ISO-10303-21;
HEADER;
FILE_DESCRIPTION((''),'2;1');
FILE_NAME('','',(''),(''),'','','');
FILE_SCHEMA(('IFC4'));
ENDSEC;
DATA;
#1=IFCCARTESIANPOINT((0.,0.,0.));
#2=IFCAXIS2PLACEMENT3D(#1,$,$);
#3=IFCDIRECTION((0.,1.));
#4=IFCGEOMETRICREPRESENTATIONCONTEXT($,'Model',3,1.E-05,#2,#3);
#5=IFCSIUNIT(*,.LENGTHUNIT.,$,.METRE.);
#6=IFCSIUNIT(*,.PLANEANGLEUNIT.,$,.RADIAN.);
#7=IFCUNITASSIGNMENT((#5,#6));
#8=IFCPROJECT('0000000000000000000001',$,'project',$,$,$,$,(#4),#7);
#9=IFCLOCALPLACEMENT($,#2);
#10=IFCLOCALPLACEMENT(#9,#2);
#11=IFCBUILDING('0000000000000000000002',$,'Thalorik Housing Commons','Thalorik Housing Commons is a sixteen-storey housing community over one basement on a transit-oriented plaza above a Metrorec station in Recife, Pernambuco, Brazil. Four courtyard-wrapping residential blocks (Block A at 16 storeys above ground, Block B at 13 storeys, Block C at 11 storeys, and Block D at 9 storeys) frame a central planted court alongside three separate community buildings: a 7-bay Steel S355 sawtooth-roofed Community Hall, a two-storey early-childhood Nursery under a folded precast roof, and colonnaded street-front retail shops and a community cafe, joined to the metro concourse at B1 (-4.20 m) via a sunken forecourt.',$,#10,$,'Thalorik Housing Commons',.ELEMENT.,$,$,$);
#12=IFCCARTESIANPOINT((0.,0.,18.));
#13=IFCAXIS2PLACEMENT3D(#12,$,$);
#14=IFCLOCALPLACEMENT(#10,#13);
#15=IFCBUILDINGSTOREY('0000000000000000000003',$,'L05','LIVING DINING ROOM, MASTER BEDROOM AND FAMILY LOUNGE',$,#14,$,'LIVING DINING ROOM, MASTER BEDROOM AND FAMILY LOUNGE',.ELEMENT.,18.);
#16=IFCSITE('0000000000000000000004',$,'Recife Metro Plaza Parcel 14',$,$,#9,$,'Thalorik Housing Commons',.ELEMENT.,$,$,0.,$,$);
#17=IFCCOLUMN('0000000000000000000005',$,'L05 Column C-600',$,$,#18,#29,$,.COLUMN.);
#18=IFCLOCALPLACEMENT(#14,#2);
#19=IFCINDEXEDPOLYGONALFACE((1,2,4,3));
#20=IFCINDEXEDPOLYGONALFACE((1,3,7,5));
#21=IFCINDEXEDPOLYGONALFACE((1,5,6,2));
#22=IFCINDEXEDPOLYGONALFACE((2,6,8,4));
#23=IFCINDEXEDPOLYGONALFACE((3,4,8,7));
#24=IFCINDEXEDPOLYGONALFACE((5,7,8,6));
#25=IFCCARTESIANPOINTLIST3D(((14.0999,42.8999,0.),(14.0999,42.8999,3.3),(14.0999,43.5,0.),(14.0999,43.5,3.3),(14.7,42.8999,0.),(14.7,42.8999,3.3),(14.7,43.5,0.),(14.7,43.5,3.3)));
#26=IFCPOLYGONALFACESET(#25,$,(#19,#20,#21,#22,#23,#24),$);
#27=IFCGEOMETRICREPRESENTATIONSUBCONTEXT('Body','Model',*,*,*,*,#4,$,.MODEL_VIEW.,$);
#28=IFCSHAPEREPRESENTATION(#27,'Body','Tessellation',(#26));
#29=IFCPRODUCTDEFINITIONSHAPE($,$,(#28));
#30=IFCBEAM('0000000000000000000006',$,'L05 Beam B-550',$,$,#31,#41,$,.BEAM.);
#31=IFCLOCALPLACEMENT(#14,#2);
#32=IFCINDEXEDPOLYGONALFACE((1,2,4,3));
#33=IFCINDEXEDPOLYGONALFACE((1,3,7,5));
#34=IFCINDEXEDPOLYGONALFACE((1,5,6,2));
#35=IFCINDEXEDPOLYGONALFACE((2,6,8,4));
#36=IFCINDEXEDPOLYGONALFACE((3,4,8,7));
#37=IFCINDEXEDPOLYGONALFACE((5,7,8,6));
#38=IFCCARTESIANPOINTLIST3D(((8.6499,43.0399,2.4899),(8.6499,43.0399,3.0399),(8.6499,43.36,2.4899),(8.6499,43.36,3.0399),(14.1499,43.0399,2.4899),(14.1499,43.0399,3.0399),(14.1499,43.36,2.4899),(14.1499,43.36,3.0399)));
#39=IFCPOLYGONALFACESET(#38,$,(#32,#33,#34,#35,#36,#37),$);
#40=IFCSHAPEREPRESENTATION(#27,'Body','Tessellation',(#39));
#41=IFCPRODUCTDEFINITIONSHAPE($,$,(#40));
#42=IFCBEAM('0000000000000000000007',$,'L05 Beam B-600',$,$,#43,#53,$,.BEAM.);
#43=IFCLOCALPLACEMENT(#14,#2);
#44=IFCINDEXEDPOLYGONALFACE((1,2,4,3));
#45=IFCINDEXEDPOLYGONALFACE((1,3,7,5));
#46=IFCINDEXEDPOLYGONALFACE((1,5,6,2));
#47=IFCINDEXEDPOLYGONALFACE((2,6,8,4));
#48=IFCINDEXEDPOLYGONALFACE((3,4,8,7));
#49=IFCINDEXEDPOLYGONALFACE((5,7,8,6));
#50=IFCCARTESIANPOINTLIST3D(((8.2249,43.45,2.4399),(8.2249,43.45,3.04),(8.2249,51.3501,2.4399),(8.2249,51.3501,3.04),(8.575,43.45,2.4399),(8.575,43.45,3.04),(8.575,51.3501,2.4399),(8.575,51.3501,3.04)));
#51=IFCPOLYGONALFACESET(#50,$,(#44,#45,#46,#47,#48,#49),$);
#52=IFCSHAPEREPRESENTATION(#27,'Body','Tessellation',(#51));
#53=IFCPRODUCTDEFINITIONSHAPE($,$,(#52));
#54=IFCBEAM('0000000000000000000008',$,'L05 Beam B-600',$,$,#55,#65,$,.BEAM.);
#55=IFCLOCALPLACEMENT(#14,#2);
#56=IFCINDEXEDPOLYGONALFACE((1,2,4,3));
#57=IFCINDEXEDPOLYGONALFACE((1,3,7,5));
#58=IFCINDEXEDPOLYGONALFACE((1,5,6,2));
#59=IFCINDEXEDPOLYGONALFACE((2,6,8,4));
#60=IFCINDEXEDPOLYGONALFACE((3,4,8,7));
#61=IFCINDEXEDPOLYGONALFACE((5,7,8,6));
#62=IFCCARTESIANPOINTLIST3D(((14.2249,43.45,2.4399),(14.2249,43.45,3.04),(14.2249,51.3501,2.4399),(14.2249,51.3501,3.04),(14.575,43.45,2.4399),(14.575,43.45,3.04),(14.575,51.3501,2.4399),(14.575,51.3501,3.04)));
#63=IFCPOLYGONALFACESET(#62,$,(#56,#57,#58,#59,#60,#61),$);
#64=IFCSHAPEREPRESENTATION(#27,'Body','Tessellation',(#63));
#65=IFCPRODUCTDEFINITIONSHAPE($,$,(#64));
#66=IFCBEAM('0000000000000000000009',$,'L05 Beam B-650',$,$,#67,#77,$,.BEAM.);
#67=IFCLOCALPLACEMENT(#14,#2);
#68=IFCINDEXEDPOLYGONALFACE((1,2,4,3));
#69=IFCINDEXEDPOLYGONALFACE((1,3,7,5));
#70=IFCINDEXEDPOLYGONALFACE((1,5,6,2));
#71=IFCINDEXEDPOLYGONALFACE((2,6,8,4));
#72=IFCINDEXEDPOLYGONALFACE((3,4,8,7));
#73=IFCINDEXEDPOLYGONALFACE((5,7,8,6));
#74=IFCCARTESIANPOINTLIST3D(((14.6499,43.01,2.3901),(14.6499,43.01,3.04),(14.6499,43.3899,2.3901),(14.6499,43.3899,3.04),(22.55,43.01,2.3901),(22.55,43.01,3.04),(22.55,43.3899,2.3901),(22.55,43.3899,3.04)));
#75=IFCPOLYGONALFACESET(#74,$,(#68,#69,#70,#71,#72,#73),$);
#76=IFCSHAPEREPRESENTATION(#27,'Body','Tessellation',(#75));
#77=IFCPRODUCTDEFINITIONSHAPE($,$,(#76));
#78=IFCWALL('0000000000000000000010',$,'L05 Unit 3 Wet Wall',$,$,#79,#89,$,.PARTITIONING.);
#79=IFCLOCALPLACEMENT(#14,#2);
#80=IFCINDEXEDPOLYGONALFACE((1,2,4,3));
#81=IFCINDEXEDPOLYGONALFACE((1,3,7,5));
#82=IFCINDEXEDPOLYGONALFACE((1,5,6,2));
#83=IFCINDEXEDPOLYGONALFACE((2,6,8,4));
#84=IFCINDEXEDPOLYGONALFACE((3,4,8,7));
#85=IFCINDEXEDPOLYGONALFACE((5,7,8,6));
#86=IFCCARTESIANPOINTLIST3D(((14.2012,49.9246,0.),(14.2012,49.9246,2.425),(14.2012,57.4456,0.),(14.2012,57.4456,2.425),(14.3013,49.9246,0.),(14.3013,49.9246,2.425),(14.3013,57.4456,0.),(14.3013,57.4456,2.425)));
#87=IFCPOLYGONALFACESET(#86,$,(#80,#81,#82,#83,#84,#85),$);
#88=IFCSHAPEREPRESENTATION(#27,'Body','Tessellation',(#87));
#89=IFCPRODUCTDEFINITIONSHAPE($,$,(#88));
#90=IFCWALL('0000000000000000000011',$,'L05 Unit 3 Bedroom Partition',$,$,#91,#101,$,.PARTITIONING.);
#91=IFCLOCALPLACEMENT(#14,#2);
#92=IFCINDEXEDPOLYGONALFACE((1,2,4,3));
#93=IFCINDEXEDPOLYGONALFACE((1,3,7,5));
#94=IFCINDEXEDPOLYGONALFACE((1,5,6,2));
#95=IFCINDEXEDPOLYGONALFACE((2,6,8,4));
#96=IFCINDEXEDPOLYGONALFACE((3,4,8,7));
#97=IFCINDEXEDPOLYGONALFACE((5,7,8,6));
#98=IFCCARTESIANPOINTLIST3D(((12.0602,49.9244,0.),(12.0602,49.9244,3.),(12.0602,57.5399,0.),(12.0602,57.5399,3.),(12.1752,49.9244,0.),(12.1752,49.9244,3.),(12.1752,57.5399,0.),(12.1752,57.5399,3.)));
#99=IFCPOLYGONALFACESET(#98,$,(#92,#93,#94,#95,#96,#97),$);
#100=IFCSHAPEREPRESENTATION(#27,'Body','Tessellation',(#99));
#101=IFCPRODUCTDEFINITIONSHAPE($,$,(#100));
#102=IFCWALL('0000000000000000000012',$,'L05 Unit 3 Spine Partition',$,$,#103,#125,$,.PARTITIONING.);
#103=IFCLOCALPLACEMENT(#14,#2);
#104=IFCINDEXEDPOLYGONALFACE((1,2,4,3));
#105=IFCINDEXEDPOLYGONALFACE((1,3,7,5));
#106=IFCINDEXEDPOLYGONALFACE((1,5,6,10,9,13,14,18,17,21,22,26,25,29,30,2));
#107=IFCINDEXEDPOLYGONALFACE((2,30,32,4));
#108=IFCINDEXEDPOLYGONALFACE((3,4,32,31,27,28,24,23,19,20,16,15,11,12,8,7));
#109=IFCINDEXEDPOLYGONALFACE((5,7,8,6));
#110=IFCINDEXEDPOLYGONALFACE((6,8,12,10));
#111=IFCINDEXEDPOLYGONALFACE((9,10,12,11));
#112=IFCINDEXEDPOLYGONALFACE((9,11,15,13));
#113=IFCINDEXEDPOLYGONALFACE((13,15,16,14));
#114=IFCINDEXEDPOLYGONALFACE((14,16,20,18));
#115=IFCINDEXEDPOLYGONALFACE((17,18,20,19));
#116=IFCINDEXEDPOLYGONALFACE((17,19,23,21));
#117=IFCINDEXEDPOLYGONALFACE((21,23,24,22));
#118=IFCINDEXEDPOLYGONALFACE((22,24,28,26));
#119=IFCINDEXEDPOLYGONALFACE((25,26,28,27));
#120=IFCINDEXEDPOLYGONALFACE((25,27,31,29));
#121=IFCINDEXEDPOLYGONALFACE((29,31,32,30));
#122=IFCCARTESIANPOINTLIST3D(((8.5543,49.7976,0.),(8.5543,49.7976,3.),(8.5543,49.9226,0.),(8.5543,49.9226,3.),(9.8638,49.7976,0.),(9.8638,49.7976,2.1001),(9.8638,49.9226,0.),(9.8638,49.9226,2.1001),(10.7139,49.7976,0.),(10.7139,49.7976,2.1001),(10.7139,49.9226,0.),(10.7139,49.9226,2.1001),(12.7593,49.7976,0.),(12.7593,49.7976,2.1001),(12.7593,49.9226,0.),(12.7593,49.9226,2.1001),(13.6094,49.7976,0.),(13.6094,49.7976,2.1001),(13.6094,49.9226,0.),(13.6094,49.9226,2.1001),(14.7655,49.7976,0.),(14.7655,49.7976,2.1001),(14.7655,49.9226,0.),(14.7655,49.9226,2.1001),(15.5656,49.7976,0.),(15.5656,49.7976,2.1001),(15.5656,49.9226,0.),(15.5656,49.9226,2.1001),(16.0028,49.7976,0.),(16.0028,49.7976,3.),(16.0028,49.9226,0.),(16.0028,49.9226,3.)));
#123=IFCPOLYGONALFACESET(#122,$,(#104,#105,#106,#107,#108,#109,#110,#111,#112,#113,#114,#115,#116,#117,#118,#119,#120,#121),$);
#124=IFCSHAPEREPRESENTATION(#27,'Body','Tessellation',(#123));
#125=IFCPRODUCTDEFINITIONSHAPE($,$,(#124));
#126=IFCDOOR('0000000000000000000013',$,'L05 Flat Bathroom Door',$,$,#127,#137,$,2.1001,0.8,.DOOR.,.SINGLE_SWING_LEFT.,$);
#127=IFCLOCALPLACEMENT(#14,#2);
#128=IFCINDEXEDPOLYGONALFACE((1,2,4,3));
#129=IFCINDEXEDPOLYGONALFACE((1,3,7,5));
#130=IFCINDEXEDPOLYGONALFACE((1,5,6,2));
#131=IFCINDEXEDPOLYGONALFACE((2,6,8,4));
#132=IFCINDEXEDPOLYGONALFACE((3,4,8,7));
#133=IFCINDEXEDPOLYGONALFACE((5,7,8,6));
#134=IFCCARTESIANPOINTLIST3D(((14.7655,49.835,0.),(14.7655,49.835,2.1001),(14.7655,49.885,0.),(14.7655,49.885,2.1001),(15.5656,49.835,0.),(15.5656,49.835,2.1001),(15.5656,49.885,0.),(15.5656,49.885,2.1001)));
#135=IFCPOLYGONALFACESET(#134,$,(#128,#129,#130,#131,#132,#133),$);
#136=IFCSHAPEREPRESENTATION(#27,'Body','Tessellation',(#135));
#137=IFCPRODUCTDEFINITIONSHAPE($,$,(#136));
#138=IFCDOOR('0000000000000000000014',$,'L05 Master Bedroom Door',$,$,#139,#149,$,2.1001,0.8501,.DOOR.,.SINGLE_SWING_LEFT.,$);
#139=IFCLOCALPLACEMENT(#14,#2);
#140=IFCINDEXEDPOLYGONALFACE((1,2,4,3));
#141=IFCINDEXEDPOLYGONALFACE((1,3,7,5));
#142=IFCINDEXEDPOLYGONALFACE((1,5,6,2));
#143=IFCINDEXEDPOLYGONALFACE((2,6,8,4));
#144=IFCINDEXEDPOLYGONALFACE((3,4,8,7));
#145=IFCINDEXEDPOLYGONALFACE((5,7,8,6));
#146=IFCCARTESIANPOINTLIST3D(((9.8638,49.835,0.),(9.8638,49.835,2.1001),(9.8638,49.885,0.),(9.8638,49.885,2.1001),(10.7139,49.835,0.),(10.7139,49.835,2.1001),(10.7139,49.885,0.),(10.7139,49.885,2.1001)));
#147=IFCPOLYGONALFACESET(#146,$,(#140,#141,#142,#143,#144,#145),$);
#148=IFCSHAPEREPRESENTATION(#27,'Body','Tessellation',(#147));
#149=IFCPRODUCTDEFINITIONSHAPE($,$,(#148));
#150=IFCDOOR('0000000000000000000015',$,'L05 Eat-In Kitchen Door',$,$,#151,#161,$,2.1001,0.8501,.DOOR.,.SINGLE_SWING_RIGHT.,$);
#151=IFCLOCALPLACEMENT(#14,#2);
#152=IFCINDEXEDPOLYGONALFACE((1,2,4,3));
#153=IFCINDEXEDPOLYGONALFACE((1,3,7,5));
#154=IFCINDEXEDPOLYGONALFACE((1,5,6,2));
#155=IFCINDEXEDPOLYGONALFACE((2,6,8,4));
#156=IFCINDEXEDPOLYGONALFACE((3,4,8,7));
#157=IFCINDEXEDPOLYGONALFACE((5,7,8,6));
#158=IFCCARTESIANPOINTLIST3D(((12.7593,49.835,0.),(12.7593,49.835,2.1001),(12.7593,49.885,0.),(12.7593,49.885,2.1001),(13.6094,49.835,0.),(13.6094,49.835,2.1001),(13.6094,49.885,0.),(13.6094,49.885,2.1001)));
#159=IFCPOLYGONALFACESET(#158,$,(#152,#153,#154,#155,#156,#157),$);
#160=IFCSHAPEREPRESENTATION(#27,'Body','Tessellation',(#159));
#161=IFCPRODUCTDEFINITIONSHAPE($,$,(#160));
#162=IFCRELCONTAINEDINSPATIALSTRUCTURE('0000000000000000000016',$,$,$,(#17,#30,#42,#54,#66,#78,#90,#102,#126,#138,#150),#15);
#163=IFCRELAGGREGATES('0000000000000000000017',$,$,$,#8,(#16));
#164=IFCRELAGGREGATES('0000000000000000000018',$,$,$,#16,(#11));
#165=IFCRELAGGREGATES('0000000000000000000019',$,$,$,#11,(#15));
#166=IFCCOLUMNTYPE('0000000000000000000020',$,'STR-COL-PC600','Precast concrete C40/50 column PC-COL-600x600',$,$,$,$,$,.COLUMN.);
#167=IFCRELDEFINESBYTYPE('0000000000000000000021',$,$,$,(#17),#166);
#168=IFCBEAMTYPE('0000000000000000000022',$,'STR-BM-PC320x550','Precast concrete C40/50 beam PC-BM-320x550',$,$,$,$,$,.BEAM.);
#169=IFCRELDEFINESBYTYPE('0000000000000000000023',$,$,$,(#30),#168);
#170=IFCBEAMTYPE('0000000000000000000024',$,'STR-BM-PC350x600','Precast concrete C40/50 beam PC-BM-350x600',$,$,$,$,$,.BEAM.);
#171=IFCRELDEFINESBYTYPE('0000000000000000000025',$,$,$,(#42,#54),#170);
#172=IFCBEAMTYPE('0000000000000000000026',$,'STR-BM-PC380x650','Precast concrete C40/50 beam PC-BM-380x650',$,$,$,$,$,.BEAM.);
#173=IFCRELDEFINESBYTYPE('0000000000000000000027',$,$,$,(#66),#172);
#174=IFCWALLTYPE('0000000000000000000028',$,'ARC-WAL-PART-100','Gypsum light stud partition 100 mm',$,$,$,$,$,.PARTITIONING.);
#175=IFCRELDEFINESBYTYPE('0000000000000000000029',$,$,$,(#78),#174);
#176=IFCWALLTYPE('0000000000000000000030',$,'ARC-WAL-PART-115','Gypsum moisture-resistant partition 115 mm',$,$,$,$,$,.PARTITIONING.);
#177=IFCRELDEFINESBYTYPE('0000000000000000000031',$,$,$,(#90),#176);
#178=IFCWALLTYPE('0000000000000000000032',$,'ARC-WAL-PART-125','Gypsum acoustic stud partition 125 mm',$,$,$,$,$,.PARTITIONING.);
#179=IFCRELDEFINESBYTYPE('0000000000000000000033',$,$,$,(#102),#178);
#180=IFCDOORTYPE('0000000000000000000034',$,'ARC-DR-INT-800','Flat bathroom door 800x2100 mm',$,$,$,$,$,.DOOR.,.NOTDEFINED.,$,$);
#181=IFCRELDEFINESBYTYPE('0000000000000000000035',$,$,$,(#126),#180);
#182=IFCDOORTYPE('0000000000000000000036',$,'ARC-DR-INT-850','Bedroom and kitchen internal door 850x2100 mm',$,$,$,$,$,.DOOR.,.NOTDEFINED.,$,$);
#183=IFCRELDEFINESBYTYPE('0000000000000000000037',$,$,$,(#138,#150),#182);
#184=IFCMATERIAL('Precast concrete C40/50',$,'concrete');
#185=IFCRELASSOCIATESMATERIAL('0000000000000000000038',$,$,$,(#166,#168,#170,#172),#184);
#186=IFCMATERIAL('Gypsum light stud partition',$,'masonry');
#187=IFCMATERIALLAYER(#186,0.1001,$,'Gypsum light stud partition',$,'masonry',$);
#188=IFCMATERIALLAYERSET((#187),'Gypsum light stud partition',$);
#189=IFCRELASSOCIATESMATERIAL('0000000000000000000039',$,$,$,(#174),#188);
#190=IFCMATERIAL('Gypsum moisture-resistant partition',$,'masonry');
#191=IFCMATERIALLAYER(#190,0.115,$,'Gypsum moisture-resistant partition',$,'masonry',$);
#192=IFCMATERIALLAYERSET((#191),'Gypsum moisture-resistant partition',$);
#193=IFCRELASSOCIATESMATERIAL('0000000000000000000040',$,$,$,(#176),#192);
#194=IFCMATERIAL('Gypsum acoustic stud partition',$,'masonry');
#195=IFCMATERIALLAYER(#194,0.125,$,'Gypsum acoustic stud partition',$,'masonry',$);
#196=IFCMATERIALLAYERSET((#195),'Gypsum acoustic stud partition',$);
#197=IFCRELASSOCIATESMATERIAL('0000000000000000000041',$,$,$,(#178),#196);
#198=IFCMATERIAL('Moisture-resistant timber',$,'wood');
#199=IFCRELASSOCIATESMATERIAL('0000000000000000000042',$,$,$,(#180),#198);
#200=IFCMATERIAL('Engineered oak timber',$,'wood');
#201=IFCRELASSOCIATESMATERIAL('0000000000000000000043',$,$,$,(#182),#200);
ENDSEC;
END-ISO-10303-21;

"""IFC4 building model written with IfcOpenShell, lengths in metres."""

from ifc_helpers import new_model, si_unit, direction, frame, frame_2d, origin, origin_2d, place, context, subcontext, project, spatial, rectangle, extrude, material, layer, layer_set, material_profile, profile_set, type_object, element, fill, save


model = new_model("IFC4")

# Units and contexts
model_context = context("Model", 3, precision=1e-05, world=origin(), true_north=direction((0.0, 1.0)))
body_context = subcontext(model_context, "Body", "Model", "MODEL_VIEW")
ifc_project = project(units=[si_unit("LENGTHUNIT", "METRE"), si_unit("PLANEANGLEUNIT", "RADIAN")], contexts=[model_context])

# Site, building, storey
site_placement = place(None, origin())
site = spatial("IfcSite", under=ifc_project, at=site_placement, Name="Recife Metro Plaza Parcel 14", LongName="Thalorik Housing Commons", CompositionType="ELEMENT", RefElevation=0.0)
building_placement = place(site_placement, origin())
building = spatial("IfcBuilding", under=site, at=building_placement, Name="Thalorik Housing Commons", Description="Thalorik Housing Commons is a sixteen-storey housing community over one basement on a transit-oriented plaza above a Metrorec station in Recife, Pernambuco, Brazil. Four courtyard-wrapping residential blocks (Block A at 16 storeys above ground, Block B at 13 storeys, Block C at 11 storeys, and Block D at 9 storeys) frame a central planted court alongside three separate community buildings: a 7-bay Steel S355 sawtooth-roofed Community Hall, a two-storey early-childhood Nursery under a folded precast roof, and colonnaded street-front retail shops and a community cafe, joined to the metro concourse at B1 (-4.20 m) via a sunken forecourt.", LongName="Thalorik Housing Commons", CompositionType="ELEMENT")
storey_placement = place(building_placement, frame((0.0, 0.0, 18.0)))
storey = spatial("IfcBuildingStorey", under=building, at=storey_placement, Name="L05", Description="LIVING DINING ROOM, MASTER BEDROOM AND FAMILY LOUNGE", LongName="LIVING DINING ROOM, MASTER BEDROOM AND FAMILY LOUNGE", CompositionType="ELEMENT", Elevation=18.0)

# Column
ifc_material_1 = material(Name="Precast concrete C40/50", Category="concrete")
ifc_material_profile_1 = material_profile(ifc_material_1, rectangle(XDim=0.6001, YDim=0.6001, at=origin_2d()), Name="PC 600x600", Category="concrete")
ifc_profile_set_1 = profile_set([ifc_material_profile_1], Name="Precast concrete C40/50")
column_type = type_object("IfcColumnType", Name="STR-COL-PC600", Description="Precast concrete C40/50 column PC-COL-600x600", PredefinedType="COLUMN", material=ifc_profile_set_1)
column_placement = place(storey_placement, frame((14.3999, 43.2, 0.0), z_axis=(0.0, 0.0, 1.0), x_axis=(1.0, 0.0, 0.0)))
element("IfcColumn", 1, at=column_placement, inside=storey, type_object=column_type, Name="L05 Column C-600", PredefinedType="COLUMN", context=body_context, shape_type="SweptSolid", body=[
    extrude(rectangle(XDim=0.6001, YDim=0.6001, at=origin_2d()), origin(), (0.0, 0.0, 1.0), 3.3),
])

# Beams
ifc_material_profile_2 = material_profile(ifc_material_1, rectangle(XDim=0.3201, YDim=0.55, at=origin_2d()), Name="PC 320x550", Category="concrete")
ifc_profile_set_2 = profile_set([ifc_material_profile_2], Name="Precast concrete C40/50")
beam_type_1 = type_object("IfcBeamType", Name="STR-BM-PC320x550", Description="Precast concrete C40/50 beam PC-BM-320x550", PredefinedType="BEAM", material=ifc_profile_set_2)
beam_1_placement = place(storey_placement, frame((8.6499, 43.2, 2.7649), z_axis=(1.0, 0.0, 0.0), x_axis=(0.0, 1.0, 0.0)))
element("IfcBeam", 2, at=beam_1_placement, inside=storey, type_object=beam_type_1, Name="L05 Beam B-550", PredefinedType="BEAM", context=body_context, shape_type="SweptSolid", body=[
    extrude(rectangle(XDim=0.3201, YDim=0.55, at=origin_2d()), origin(), (0.0, 0.0, 1.0), 5.5),
])
ifc_material_profile_3 = material_profile(ifc_material_1, rectangle(XDim=0.3501, YDim=0.6001, at=origin_2d()), Name="PC 350x600", Category="concrete")
ifc_profile_set_3 = profile_set([ifc_material_profile_3], Name="Precast concrete C40/50")
beam_type_2 = type_object("IfcBeamType", Name="STR-BM-PC350x600", Description="Precast concrete C40/50 beam PC-BM-350x600", PredefinedType="BEAM", material=ifc_profile_set_3)
for number, where, z_axis, x_axis, name in (
    (3, (8.3999, 43.45, 2.74), (0.0, 1.0, 0.0), (-1.0, 0.0, 0.0), "L05 Beam B-600"),
    (4, (14.3999, 43.45, 2.74), (0.0, 1.0, 0.0), (-1.0, 0.0, 0.0), "L05 Beam B-600"),
):
    element("IfcBeam", number, at=place(storey_placement, frame(where, z_axis=z_axis, x_axis=x_axis)), inside=storey, type_object=beam_type_2, Name=name, PredefinedType="BEAM", context=body_context, shape_type="SweptSolid", body=[
        extrude(rectangle(XDim=0.3501, YDim=0.6001, at=origin_2d()), origin(), (0.0, 0.0, 1.0), 7.9001),
    ])
ifc_material_profile_4 = material_profile(ifc_material_1, rectangle(XDim=0.3799, YDim=0.6499, at=origin_2d()), Name="PC 380x650", Category="concrete")
ifc_profile_set_4 = profile_set([ifc_material_profile_4], Name="Precast concrete C40/50")
beam_type_3 = type_object("IfcBeamType", Name="STR-BM-PC380x650", Description="Precast concrete C40/50 beam PC-BM-380x650", PredefinedType="BEAM", material=ifc_profile_set_4)
beam_2_placement = place(storey_placement, frame((14.6499, 43.2, 2.7151), z_axis=(1.0, 0.0, 0.0), x_axis=(0.0, 1.0, 0.0)))
element("IfcBeam", 5, at=beam_2_placement, inside=storey, type_object=beam_type_3, Name="L05 Beam B-650", PredefinedType="BEAM", context=body_context, shape_type="SweptSolid", body=[
    extrude(rectangle(XDim=0.3799, YDim=0.6499, at=origin_2d()), origin(), (0.0, 0.0, 1.0), 7.9001),
])

# Walls
ifc_material_2 = material(Name="Gypsum light stud partition", Category="masonry")
ifc_layer_1 = layer(ifc_material_2, 0.1001, Name="Gypsum light stud partition", Category="masonry")
ifc_layer_set_1 = layer_set([ifc_layer_1], Name="Gypsum light stud partition")
wall_type_1 = type_object("IfcWallType", Name="ARC-WAL-PART-100", Description="Gypsum light stud partition 100 mm", PredefinedType="PARTITIONING", material=ifc_layer_set_1)
wall_1_placement = place(storey_placement, frame((14.2512, 49.9246, 0.0), z_axis=(0.0, 0.0, 1.0), x_axis=(0.0, 1.0, 0.0)))
element("IfcWall", 6, at=wall_1_placement, inside=storey, type_object=wall_type_1, Name="L05 Unit 3 Wet Wall", PredefinedType="PARTITIONING", context=body_context, shape_type="SweptSolid", body=[
    extrude(rectangle(XDim=7.521, YDim=0.1001, at=frame_2d((3.7605, 0.0))), origin(), (0.0, 0.0, 1.0), 2.425),
])
ifc_material_3 = material(Name="Gypsum moisture-resistant partition", Category="masonry")
ifc_layer_2 = layer(ifc_material_3, 0.115, Name="Gypsum moisture-resistant partition", Category="masonry")
ifc_layer_set_2 = layer_set([ifc_layer_2], Name="Gypsum moisture-resistant partition")
wall_type_2 = type_object("IfcWallType", Name="ARC-WAL-PART-115", Description="Gypsum moisture-resistant partition 115 mm", PredefinedType="PARTITIONING", material=ifc_layer_set_2)
wall_2_placement = place(storey_placement, frame((12.1177, 49.9246, 0.0), z_axis=(0.0, 0.0, 1.0), x_axis=(0.0, 1.0, 0.0)))
element("IfcWall", 7, at=wall_2_placement, inside=storey, type_object=wall_type_2, Name="L05 Unit 3 Bedroom Partition", PredefinedType="PARTITIONING", context=body_context, shape_type="SweptSolid", body=[
    extrude(rectangle(XDim=7.6155, YDim=0.115, at=frame_2d((3.8076, 0.0))), origin(), (0.0, 0.0, 1.0), 3.0),
])

# Wall, openings, doors
ifc_material_4 = material(Name="Gypsum acoustic stud partition", Category="masonry")
ifc_layer_3 = layer(ifc_material_4, 0.125, Name="Gypsum acoustic stud partition", Category="masonry")
ifc_layer_set_3 = layer_set([ifc_layer_3], Name="Gypsum acoustic stud partition")
wall_type_3 = type_object("IfcWallType", Name="ARC-WAL-PART-125", Description="Gypsum acoustic stud partition 125 mm", PredefinedType="PARTITIONING", material=ifc_layer_set_3)
wall_3_placement = place(storey_placement, frame((8.5544, 49.8601, 0.0), z_axis=(0.0, 0.0, 1.0), x_axis=(1.0, 0.0, 0.0)))
wall_3 = element("IfcWall", 8, at=wall_3_placement, inside=storey, type_object=wall_type_3, Name="L05 Unit 3 Spine Partition", PredefinedType="PARTITIONING", context=body_context, shape_type="SweptSolid", body=[
    extrude(rectangle(XDim=7.4485, YDim=0.125, at=frame_2d((3.7241, 0.0))), origin(), (0.0, 0.0, 1.0), 3.0),
])
opening_1_placement = place(wall_3_placement, frame((1.3093, 0.0, 0.0)))
opening_1 = element("IfcOpeningElement", 9, at=opening_1_placement, cuts=wall_3, PredefinedType="OPENING", context=body_context, shape_type="SweptSolid", body=[
    extrude(rectangle(XDim=0.8501, YDim=2.1001, at=frame_2d((0.425, 1.05))), frame((0.0, 0.0725, 0.0), z_axis=(0.0, -1.0, 0.0), x_axis=(1.0, 0.0, 0.0)), (0.0, 0.0, 1.0), 0.145),
])
opening_2_placement = place(wall_3_placement, frame((4.2048, 0.0, 0.0)))
opening_2 = element("IfcOpeningElement", 10, at=opening_2_placement, cuts=wall_3, PredefinedType="OPENING", context=body_context, shape_type="SweptSolid", body=[
    extrude(rectangle(XDim=0.8501, YDim=2.1001, at=frame_2d((0.425, 1.05))), frame((0.0, 0.0725, 0.0), z_axis=(0.0, -1.0, 0.0), x_axis=(1.0, 0.0, 0.0)), (0.0, 0.0, 1.0), 0.145),
])
opening_3_placement = place(wall_3_placement, frame((6.2112, 0.0, 0.0)))
opening_3 = element("IfcOpeningElement", 11, at=opening_3_placement, cuts=wall_3, PredefinedType="OPENING", context=body_context, shape_type="SweptSolid", body=[
    extrude(rectangle(XDim=0.8, YDim=2.1001, at=frame_2d((0.3999, 1.05))), frame((0.0, 0.0725, 0.0), z_axis=(0.0, -1.0, 0.0), x_axis=(1.0, 0.0, 0.0)), (0.0, 0.0, 1.0), 0.145),
])
ifc_material_5 = material(Name="Moisture-resistant timber", Category="wood")
door_type_1 = type_object("IfcDoorType", Name="ARC-DR-INT-800", Description="Flat bathroom door 800x2100 mm", OperationType="NOTDEFINED", PredefinedType="DOOR", material=ifc_material_5)
door_1_placement = place(opening_3_placement, origin())
door_1 = element("IfcDoor", 12, at=door_1_placement, inside=storey, type_object=door_type_1, Name="L05 Flat Bathroom Door", OperationType="SINGLE_SWING_LEFT", OverallHeight=2.1001, OverallWidth=0.8, PredefinedType="DOOR", context=body_context, shape_type="SweptSolid", body=[
    extrude(rectangle(XDim=0.8, YDim=2.1001, at=frame_2d((0.3999, 1.05))), frame((0.0, 0.0249, 0.0), z_axis=(0.0, -1.0, 0.0), x_axis=(1.0, 0.0, 0.0)), (0.0, 0.0, 1.0), 0.05),
])
fill(opening_3, door_1)
ifc_material_6 = material(Name="Engineered oak timber", Category="wood")
door_type_2 = type_object("IfcDoorType", Name="ARC-DR-INT-850", Description="Bedroom and kitchen internal door 850x2100 mm", OperationType="NOTDEFINED", PredefinedType="DOOR", material=ifc_material_6)
door_2_placement = place(opening_1_placement, origin())
door_2 = element("IfcDoor", 13, at=door_2_placement, inside=storey, type_object=door_type_2, Name="L05 Master Bedroom Door", OperationType="SINGLE_SWING_LEFT", OverallHeight=2.1001, OverallWidth=0.8501, PredefinedType="DOOR", context=body_context, shape_type="SweptSolid", body=[
    extrude(rectangle(XDim=0.8501, YDim=2.1001, at=frame_2d((0.425, 1.05))), frame((0.0, 0.0249, 0.0), z_axis=(0.0, -1.0, 0.0), x_axis=(1.0, 0.0, 0.0)), (0.0, 0.0, 1.0), 0.05),
])
fill(opening_1, door_2)
door_3_placement = place(opening_2_placement, origin())
door_3 = element("IfcDoor", 14, at=door_3_placement, inside=storey, type_object=door_type_2, Name="L05 Eat-In Kitchen Door", OperationType="SINGLE_SWING_RIGHT", OverallHeight=2.1001, OverallWidth=0.8501, PredefinedType="DOOR", context=body_context, shape_type="SweptSolid", body=[
    extrude(rectangle(XDim=0.8501, YDim=2.1001, at=frame_2d((0.425, 1.05))), frame((0.0, 0.0249, 0.0), z_axis=(0.0, -1.0, 0.0), x_axis=(1.0, 0.0, 0.0)), (0.0, 0.0, 1.0), 0.05),
])
fill(opening_2, door_3)

save(model, "model.ifc")
